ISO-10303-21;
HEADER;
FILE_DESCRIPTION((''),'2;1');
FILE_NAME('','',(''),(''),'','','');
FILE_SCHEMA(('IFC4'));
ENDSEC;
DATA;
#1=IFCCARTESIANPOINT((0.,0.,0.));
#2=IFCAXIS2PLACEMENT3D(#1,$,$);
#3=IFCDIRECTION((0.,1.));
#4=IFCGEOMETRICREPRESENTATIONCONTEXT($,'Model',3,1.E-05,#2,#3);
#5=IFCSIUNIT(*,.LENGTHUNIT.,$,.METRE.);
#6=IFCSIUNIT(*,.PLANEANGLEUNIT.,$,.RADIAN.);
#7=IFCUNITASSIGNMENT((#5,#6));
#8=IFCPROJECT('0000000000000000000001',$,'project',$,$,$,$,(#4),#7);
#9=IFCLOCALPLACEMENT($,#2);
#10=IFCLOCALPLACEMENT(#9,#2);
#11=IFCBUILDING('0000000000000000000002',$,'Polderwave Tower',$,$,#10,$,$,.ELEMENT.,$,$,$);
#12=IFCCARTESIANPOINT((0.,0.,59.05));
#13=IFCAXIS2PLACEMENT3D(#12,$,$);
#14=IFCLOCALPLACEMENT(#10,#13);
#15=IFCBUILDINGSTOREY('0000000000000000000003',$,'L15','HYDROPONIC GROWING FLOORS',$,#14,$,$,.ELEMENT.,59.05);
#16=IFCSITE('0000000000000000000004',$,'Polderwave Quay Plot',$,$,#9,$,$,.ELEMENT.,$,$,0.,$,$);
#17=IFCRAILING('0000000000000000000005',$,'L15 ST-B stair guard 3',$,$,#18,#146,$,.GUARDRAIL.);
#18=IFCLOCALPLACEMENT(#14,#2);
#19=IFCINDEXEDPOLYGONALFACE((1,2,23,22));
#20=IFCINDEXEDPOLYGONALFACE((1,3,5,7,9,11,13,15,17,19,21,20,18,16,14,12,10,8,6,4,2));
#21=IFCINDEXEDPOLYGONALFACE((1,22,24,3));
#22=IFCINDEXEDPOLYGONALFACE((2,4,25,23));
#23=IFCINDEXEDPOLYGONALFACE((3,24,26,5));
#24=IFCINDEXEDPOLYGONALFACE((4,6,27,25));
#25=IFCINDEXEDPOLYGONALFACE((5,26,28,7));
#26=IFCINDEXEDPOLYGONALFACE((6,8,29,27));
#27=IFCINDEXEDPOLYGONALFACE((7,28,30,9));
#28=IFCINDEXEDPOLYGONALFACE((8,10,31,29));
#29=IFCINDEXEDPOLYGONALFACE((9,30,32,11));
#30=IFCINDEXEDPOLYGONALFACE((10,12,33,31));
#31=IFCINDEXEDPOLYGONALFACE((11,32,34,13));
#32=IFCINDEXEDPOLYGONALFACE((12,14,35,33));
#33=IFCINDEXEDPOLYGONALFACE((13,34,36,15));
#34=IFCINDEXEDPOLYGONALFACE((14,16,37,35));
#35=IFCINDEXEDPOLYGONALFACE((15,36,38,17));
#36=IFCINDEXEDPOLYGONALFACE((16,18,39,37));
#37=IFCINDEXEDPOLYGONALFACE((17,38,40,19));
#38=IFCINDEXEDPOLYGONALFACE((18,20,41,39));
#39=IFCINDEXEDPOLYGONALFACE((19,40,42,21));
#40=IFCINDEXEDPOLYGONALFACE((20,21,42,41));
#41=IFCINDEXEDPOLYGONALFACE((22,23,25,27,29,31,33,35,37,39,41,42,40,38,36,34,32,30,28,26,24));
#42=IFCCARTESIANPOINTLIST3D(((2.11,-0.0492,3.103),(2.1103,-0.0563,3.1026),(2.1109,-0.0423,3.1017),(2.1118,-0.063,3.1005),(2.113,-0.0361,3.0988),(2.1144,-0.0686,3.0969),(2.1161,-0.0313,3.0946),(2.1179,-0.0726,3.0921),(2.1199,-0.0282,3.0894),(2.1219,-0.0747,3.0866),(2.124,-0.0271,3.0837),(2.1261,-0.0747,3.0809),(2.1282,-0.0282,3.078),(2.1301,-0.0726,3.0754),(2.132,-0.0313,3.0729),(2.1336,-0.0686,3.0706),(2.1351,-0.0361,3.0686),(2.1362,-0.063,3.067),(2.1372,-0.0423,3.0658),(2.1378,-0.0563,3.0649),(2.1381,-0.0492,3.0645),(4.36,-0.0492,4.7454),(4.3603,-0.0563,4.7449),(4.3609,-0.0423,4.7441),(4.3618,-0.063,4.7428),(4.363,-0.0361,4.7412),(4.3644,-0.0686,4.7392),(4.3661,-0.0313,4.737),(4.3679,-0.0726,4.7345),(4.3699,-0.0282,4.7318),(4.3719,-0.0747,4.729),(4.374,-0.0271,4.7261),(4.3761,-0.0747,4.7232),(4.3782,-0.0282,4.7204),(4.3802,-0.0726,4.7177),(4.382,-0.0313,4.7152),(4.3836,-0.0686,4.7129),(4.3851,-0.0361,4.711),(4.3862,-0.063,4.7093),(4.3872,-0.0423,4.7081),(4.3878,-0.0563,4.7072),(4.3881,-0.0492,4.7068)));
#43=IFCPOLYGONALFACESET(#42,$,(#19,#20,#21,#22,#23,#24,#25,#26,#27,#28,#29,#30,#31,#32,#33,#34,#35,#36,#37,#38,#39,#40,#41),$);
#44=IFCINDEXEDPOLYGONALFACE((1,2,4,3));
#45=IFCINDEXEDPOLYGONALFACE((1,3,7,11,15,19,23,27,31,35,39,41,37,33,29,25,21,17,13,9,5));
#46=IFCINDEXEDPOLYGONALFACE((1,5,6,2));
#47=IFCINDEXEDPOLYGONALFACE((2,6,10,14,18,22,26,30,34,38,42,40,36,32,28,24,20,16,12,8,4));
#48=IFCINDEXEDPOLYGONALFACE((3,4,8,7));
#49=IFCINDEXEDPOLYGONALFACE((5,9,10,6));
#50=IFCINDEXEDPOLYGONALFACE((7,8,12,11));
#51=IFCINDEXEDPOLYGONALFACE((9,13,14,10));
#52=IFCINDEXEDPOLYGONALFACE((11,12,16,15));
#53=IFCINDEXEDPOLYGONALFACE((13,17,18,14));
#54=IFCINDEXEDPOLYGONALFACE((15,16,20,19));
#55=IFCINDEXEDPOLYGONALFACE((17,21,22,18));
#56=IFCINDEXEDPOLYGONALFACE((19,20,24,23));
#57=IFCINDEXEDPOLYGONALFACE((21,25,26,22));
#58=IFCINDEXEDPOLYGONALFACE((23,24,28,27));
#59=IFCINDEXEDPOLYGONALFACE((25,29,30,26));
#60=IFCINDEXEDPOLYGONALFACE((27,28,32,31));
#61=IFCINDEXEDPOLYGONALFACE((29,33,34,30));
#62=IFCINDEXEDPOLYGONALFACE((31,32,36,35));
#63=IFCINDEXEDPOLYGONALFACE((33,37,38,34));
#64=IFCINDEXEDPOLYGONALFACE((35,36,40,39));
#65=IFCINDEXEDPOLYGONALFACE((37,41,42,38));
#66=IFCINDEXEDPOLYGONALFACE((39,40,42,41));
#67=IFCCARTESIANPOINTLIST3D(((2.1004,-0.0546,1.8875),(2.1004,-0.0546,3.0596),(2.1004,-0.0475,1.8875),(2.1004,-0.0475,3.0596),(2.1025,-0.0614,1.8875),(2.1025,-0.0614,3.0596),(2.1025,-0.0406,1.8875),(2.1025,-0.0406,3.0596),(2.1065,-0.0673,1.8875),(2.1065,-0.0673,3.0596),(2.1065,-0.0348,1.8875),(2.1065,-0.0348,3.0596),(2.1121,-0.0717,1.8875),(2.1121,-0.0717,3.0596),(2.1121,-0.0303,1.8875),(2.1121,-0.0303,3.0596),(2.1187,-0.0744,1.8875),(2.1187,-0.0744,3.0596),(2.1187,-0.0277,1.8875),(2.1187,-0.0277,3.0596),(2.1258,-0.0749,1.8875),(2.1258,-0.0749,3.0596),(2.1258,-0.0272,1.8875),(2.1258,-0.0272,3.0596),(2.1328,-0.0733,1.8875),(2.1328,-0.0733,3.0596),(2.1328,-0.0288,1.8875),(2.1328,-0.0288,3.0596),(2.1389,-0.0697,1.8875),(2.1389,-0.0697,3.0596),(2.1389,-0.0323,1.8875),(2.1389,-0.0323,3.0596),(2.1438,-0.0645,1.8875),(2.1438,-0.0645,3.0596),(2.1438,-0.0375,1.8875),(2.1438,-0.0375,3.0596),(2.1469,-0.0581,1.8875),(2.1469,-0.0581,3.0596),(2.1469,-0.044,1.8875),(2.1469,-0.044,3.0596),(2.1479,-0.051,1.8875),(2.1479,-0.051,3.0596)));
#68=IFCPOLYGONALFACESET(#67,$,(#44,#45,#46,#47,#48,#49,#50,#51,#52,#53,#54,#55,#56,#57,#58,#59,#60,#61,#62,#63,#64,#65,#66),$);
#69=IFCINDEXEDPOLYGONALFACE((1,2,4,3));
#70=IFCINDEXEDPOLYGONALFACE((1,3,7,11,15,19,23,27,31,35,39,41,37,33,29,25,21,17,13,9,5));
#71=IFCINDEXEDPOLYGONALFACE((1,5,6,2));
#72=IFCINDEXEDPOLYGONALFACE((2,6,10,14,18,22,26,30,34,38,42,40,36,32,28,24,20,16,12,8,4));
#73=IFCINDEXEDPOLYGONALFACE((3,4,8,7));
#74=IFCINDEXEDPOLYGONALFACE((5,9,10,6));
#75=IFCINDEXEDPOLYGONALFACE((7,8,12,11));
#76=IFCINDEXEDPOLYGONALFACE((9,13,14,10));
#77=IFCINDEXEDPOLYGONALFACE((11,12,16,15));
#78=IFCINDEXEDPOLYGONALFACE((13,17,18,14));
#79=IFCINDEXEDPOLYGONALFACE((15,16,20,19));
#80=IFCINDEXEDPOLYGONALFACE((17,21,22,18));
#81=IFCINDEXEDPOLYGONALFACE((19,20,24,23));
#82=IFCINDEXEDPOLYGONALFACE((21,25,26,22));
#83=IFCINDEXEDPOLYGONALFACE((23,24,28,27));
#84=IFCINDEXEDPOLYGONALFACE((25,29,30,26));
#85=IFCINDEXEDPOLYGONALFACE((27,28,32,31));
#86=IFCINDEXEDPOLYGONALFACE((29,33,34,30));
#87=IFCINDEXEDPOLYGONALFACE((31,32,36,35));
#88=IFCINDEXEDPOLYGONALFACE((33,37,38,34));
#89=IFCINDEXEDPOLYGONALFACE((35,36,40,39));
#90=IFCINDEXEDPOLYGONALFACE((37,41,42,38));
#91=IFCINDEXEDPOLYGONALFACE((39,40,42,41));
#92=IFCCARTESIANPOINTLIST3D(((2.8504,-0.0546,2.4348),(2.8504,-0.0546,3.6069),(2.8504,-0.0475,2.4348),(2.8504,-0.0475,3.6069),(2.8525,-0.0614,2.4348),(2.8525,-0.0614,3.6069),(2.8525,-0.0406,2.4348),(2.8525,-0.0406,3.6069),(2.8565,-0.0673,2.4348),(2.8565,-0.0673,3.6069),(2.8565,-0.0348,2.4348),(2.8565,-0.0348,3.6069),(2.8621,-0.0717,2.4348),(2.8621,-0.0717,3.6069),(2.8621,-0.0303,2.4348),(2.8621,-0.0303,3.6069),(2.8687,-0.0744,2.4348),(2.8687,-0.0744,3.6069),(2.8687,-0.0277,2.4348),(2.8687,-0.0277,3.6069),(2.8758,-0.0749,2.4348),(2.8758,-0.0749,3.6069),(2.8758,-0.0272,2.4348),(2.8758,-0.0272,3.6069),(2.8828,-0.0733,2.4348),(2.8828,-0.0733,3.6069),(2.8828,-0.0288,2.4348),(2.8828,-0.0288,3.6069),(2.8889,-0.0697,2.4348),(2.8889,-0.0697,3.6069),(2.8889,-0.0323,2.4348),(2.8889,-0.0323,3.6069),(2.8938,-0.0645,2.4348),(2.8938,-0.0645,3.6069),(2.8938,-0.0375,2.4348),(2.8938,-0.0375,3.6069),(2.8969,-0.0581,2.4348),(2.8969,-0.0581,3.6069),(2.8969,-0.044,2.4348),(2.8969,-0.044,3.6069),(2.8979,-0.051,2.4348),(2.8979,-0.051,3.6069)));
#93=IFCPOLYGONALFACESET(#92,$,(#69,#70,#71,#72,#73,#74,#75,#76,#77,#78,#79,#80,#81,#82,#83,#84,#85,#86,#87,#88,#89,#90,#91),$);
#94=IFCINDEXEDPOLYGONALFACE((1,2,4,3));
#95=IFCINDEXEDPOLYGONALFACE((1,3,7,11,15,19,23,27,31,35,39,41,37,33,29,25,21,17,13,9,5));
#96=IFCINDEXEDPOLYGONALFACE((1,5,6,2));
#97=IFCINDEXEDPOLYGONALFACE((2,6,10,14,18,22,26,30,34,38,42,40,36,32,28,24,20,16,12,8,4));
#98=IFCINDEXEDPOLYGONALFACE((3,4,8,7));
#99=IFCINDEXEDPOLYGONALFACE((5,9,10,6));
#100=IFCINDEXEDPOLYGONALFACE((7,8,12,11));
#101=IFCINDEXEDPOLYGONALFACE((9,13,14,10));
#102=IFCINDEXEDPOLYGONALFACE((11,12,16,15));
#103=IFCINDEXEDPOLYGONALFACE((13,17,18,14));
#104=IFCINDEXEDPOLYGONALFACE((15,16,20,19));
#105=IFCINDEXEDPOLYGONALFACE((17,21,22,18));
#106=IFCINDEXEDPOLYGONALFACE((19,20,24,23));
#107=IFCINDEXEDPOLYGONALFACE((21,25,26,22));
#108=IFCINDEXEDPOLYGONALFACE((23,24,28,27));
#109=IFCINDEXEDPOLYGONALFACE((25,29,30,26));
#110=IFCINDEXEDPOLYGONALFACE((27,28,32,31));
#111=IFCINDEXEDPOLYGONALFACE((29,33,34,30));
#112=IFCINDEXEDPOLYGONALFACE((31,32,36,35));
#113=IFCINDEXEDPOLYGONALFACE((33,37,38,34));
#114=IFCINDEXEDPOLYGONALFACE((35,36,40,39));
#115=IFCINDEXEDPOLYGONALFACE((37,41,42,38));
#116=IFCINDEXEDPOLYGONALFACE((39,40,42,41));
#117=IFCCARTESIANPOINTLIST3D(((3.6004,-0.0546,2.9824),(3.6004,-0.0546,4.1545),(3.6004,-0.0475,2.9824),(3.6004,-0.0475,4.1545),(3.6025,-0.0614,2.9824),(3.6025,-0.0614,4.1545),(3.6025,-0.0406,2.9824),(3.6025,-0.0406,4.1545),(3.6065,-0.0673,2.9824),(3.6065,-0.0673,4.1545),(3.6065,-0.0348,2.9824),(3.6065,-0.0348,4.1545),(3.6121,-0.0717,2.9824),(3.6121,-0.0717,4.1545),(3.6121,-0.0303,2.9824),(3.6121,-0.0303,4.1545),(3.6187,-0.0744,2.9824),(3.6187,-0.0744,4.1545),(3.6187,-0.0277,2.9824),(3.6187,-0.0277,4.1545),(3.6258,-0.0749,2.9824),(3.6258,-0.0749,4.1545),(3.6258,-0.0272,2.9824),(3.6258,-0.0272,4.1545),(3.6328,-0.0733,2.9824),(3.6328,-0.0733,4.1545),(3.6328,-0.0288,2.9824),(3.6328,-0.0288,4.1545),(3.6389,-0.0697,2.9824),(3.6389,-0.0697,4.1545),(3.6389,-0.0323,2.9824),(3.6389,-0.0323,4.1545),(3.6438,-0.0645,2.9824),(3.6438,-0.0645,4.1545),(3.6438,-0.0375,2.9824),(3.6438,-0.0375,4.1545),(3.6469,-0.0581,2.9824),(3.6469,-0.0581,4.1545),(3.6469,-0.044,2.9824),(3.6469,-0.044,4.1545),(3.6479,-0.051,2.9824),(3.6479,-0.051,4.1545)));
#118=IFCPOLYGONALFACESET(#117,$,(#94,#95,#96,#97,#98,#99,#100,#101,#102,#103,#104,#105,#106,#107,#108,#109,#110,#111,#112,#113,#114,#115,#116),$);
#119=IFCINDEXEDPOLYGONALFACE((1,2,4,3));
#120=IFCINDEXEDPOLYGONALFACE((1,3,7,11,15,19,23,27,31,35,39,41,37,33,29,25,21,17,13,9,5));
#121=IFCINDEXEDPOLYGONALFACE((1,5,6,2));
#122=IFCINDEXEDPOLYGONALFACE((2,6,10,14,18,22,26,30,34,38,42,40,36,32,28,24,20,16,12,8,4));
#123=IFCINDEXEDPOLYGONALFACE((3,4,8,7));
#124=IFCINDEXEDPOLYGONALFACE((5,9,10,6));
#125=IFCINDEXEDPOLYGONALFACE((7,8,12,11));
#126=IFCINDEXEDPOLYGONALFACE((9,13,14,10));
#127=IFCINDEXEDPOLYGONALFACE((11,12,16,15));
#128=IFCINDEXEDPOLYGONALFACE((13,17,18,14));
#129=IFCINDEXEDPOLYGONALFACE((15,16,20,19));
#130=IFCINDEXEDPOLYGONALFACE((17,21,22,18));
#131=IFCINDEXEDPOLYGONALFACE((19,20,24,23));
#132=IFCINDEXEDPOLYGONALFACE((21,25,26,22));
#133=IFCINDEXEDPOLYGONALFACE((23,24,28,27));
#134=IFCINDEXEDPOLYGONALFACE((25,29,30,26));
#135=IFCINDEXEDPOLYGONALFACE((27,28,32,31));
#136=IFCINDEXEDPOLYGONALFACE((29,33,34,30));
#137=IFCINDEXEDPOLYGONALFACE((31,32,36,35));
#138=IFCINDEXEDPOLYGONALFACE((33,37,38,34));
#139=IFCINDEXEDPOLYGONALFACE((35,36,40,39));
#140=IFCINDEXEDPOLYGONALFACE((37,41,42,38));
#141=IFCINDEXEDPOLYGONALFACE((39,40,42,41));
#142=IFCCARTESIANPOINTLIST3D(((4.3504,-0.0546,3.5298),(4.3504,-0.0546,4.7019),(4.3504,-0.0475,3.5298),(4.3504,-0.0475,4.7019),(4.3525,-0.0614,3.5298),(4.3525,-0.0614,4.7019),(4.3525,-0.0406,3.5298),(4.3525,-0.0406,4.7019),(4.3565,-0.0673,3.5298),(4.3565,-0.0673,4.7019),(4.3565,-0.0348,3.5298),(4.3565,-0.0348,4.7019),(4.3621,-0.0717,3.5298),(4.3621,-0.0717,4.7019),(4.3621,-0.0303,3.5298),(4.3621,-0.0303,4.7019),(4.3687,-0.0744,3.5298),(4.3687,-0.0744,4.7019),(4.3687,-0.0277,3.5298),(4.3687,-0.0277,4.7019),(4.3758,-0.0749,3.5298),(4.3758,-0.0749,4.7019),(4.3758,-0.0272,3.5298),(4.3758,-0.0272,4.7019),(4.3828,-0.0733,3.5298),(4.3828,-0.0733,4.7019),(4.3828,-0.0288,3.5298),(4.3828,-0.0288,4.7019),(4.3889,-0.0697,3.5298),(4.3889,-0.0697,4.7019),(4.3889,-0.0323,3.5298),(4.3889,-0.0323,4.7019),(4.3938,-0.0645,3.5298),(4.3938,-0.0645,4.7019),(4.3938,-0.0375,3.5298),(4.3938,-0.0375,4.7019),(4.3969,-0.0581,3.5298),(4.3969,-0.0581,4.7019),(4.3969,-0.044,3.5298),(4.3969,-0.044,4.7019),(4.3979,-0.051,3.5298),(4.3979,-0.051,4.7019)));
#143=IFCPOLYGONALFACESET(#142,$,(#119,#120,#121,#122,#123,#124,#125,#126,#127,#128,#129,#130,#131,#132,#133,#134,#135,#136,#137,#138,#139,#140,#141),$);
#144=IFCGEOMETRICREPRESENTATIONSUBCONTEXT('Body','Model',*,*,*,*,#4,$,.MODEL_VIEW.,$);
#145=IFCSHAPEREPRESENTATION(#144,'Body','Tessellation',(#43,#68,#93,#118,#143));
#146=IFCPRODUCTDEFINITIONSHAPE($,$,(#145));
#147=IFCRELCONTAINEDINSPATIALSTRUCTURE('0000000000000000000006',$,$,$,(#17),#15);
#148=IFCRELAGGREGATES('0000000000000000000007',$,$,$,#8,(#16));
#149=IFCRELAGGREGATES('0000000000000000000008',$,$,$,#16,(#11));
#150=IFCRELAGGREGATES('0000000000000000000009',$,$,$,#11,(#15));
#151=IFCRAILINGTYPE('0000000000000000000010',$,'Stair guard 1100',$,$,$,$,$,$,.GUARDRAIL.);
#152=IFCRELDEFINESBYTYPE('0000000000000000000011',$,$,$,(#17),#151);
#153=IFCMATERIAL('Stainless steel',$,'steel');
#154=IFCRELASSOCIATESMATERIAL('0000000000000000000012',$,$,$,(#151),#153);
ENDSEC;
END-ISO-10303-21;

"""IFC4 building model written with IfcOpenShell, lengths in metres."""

from ifc_helpers import new_model, si_unit, direction, frame, origin, origin_2d, place, context, subcontext, project, spatial, circle, extrude, material, type_object, element, save


model = new_model("IFC4")

# Units and contexts
model_context = context("Model", 3, precision=1e-05, world=origin(), true_north=direction((0.0, 1.0)))
body_context = subcontext(model_context, "Body", "Model", "MODEL_VIEW")
ifc_project = project(units=[si_unit("LENGTHUNIT", "METRE"), si_unit("PLANEANGLEUNIT", "RADIAN")], contexts=[model_context])

# Site, building, storey
site_placement = place(None, origin())
site = spatial("IfcSite", under=ifc_project, at=site_placement, Name="Polderwave Quay Plot", CompositionType="ELEMENT", RefElevation=0.0)
building_placement = place(site_placement, origin())
building = spatial("IfcBuilding", under=site, at=building_placement, Name="Polderwave Tower", CompositionType="ELEMENT")
storey_placement = place(building_placement, frame((0.0, 0.0, 59.05)))
storey = spatial("IfcBuildingStorey", under=building, at=storey_placement, Name="L15", Description="HYDROPONIC GROWING FLOORS", CompositionType="ELEMENT", Elevation=59.05)

# Railing
ifc_material_1 = material(Name="Stainless steel", Category="steel")
railing_type_1 = type_object("IfcRailingType", Name="Stair guard 1100", PredefinedType="GUARDRAIL", material=ifc_material_1)
railing_1_placement = place(storey_placement, frame((2.124, -0.051, 1.8875)))
element("IfcRailing", 1, at=railing_1_placement, inside=storey, type_object=railing_type_1, Name="L15 ST-B stair guard 3", PredefinedType="GUARDRAIL", context=body_context, shape_type="SweptSolid", body=[
    extrude(circle(Radius=0.0239, at=origin_2d()), frame((0.0, 0.0, 1.1963), z_axis=(0.807715, 0.0, 0.589573), x_axis=(0.0, 1.0, 0.0)), (0.0, 0.0, 1.0), 2.7856),
    extrude(circle(Radius=0.0239, at=origin_2d()), origin(), (0.0, 0.0, 1.0), 1.1721),
    extrude(circle(Radius=0.0239, at=origin_2d()), frame((0.75, 0.0, 0.5474)), (0.0, 0.0, 1.0), 1.1721),
    extrude(circle(Radius=0.0239, at=origin_2d()), frame((1.5, 0.0, 1.095)), (0.0, 0.0, 1.0), 1.1721),
    extrude(circle(Radius=0.0239, at=origin_2d()), frame((2.25, 0.0, 1.6423)), (0.0, 0.0, 1.0), 1.1721),
])

save(model, "model.ifc")
